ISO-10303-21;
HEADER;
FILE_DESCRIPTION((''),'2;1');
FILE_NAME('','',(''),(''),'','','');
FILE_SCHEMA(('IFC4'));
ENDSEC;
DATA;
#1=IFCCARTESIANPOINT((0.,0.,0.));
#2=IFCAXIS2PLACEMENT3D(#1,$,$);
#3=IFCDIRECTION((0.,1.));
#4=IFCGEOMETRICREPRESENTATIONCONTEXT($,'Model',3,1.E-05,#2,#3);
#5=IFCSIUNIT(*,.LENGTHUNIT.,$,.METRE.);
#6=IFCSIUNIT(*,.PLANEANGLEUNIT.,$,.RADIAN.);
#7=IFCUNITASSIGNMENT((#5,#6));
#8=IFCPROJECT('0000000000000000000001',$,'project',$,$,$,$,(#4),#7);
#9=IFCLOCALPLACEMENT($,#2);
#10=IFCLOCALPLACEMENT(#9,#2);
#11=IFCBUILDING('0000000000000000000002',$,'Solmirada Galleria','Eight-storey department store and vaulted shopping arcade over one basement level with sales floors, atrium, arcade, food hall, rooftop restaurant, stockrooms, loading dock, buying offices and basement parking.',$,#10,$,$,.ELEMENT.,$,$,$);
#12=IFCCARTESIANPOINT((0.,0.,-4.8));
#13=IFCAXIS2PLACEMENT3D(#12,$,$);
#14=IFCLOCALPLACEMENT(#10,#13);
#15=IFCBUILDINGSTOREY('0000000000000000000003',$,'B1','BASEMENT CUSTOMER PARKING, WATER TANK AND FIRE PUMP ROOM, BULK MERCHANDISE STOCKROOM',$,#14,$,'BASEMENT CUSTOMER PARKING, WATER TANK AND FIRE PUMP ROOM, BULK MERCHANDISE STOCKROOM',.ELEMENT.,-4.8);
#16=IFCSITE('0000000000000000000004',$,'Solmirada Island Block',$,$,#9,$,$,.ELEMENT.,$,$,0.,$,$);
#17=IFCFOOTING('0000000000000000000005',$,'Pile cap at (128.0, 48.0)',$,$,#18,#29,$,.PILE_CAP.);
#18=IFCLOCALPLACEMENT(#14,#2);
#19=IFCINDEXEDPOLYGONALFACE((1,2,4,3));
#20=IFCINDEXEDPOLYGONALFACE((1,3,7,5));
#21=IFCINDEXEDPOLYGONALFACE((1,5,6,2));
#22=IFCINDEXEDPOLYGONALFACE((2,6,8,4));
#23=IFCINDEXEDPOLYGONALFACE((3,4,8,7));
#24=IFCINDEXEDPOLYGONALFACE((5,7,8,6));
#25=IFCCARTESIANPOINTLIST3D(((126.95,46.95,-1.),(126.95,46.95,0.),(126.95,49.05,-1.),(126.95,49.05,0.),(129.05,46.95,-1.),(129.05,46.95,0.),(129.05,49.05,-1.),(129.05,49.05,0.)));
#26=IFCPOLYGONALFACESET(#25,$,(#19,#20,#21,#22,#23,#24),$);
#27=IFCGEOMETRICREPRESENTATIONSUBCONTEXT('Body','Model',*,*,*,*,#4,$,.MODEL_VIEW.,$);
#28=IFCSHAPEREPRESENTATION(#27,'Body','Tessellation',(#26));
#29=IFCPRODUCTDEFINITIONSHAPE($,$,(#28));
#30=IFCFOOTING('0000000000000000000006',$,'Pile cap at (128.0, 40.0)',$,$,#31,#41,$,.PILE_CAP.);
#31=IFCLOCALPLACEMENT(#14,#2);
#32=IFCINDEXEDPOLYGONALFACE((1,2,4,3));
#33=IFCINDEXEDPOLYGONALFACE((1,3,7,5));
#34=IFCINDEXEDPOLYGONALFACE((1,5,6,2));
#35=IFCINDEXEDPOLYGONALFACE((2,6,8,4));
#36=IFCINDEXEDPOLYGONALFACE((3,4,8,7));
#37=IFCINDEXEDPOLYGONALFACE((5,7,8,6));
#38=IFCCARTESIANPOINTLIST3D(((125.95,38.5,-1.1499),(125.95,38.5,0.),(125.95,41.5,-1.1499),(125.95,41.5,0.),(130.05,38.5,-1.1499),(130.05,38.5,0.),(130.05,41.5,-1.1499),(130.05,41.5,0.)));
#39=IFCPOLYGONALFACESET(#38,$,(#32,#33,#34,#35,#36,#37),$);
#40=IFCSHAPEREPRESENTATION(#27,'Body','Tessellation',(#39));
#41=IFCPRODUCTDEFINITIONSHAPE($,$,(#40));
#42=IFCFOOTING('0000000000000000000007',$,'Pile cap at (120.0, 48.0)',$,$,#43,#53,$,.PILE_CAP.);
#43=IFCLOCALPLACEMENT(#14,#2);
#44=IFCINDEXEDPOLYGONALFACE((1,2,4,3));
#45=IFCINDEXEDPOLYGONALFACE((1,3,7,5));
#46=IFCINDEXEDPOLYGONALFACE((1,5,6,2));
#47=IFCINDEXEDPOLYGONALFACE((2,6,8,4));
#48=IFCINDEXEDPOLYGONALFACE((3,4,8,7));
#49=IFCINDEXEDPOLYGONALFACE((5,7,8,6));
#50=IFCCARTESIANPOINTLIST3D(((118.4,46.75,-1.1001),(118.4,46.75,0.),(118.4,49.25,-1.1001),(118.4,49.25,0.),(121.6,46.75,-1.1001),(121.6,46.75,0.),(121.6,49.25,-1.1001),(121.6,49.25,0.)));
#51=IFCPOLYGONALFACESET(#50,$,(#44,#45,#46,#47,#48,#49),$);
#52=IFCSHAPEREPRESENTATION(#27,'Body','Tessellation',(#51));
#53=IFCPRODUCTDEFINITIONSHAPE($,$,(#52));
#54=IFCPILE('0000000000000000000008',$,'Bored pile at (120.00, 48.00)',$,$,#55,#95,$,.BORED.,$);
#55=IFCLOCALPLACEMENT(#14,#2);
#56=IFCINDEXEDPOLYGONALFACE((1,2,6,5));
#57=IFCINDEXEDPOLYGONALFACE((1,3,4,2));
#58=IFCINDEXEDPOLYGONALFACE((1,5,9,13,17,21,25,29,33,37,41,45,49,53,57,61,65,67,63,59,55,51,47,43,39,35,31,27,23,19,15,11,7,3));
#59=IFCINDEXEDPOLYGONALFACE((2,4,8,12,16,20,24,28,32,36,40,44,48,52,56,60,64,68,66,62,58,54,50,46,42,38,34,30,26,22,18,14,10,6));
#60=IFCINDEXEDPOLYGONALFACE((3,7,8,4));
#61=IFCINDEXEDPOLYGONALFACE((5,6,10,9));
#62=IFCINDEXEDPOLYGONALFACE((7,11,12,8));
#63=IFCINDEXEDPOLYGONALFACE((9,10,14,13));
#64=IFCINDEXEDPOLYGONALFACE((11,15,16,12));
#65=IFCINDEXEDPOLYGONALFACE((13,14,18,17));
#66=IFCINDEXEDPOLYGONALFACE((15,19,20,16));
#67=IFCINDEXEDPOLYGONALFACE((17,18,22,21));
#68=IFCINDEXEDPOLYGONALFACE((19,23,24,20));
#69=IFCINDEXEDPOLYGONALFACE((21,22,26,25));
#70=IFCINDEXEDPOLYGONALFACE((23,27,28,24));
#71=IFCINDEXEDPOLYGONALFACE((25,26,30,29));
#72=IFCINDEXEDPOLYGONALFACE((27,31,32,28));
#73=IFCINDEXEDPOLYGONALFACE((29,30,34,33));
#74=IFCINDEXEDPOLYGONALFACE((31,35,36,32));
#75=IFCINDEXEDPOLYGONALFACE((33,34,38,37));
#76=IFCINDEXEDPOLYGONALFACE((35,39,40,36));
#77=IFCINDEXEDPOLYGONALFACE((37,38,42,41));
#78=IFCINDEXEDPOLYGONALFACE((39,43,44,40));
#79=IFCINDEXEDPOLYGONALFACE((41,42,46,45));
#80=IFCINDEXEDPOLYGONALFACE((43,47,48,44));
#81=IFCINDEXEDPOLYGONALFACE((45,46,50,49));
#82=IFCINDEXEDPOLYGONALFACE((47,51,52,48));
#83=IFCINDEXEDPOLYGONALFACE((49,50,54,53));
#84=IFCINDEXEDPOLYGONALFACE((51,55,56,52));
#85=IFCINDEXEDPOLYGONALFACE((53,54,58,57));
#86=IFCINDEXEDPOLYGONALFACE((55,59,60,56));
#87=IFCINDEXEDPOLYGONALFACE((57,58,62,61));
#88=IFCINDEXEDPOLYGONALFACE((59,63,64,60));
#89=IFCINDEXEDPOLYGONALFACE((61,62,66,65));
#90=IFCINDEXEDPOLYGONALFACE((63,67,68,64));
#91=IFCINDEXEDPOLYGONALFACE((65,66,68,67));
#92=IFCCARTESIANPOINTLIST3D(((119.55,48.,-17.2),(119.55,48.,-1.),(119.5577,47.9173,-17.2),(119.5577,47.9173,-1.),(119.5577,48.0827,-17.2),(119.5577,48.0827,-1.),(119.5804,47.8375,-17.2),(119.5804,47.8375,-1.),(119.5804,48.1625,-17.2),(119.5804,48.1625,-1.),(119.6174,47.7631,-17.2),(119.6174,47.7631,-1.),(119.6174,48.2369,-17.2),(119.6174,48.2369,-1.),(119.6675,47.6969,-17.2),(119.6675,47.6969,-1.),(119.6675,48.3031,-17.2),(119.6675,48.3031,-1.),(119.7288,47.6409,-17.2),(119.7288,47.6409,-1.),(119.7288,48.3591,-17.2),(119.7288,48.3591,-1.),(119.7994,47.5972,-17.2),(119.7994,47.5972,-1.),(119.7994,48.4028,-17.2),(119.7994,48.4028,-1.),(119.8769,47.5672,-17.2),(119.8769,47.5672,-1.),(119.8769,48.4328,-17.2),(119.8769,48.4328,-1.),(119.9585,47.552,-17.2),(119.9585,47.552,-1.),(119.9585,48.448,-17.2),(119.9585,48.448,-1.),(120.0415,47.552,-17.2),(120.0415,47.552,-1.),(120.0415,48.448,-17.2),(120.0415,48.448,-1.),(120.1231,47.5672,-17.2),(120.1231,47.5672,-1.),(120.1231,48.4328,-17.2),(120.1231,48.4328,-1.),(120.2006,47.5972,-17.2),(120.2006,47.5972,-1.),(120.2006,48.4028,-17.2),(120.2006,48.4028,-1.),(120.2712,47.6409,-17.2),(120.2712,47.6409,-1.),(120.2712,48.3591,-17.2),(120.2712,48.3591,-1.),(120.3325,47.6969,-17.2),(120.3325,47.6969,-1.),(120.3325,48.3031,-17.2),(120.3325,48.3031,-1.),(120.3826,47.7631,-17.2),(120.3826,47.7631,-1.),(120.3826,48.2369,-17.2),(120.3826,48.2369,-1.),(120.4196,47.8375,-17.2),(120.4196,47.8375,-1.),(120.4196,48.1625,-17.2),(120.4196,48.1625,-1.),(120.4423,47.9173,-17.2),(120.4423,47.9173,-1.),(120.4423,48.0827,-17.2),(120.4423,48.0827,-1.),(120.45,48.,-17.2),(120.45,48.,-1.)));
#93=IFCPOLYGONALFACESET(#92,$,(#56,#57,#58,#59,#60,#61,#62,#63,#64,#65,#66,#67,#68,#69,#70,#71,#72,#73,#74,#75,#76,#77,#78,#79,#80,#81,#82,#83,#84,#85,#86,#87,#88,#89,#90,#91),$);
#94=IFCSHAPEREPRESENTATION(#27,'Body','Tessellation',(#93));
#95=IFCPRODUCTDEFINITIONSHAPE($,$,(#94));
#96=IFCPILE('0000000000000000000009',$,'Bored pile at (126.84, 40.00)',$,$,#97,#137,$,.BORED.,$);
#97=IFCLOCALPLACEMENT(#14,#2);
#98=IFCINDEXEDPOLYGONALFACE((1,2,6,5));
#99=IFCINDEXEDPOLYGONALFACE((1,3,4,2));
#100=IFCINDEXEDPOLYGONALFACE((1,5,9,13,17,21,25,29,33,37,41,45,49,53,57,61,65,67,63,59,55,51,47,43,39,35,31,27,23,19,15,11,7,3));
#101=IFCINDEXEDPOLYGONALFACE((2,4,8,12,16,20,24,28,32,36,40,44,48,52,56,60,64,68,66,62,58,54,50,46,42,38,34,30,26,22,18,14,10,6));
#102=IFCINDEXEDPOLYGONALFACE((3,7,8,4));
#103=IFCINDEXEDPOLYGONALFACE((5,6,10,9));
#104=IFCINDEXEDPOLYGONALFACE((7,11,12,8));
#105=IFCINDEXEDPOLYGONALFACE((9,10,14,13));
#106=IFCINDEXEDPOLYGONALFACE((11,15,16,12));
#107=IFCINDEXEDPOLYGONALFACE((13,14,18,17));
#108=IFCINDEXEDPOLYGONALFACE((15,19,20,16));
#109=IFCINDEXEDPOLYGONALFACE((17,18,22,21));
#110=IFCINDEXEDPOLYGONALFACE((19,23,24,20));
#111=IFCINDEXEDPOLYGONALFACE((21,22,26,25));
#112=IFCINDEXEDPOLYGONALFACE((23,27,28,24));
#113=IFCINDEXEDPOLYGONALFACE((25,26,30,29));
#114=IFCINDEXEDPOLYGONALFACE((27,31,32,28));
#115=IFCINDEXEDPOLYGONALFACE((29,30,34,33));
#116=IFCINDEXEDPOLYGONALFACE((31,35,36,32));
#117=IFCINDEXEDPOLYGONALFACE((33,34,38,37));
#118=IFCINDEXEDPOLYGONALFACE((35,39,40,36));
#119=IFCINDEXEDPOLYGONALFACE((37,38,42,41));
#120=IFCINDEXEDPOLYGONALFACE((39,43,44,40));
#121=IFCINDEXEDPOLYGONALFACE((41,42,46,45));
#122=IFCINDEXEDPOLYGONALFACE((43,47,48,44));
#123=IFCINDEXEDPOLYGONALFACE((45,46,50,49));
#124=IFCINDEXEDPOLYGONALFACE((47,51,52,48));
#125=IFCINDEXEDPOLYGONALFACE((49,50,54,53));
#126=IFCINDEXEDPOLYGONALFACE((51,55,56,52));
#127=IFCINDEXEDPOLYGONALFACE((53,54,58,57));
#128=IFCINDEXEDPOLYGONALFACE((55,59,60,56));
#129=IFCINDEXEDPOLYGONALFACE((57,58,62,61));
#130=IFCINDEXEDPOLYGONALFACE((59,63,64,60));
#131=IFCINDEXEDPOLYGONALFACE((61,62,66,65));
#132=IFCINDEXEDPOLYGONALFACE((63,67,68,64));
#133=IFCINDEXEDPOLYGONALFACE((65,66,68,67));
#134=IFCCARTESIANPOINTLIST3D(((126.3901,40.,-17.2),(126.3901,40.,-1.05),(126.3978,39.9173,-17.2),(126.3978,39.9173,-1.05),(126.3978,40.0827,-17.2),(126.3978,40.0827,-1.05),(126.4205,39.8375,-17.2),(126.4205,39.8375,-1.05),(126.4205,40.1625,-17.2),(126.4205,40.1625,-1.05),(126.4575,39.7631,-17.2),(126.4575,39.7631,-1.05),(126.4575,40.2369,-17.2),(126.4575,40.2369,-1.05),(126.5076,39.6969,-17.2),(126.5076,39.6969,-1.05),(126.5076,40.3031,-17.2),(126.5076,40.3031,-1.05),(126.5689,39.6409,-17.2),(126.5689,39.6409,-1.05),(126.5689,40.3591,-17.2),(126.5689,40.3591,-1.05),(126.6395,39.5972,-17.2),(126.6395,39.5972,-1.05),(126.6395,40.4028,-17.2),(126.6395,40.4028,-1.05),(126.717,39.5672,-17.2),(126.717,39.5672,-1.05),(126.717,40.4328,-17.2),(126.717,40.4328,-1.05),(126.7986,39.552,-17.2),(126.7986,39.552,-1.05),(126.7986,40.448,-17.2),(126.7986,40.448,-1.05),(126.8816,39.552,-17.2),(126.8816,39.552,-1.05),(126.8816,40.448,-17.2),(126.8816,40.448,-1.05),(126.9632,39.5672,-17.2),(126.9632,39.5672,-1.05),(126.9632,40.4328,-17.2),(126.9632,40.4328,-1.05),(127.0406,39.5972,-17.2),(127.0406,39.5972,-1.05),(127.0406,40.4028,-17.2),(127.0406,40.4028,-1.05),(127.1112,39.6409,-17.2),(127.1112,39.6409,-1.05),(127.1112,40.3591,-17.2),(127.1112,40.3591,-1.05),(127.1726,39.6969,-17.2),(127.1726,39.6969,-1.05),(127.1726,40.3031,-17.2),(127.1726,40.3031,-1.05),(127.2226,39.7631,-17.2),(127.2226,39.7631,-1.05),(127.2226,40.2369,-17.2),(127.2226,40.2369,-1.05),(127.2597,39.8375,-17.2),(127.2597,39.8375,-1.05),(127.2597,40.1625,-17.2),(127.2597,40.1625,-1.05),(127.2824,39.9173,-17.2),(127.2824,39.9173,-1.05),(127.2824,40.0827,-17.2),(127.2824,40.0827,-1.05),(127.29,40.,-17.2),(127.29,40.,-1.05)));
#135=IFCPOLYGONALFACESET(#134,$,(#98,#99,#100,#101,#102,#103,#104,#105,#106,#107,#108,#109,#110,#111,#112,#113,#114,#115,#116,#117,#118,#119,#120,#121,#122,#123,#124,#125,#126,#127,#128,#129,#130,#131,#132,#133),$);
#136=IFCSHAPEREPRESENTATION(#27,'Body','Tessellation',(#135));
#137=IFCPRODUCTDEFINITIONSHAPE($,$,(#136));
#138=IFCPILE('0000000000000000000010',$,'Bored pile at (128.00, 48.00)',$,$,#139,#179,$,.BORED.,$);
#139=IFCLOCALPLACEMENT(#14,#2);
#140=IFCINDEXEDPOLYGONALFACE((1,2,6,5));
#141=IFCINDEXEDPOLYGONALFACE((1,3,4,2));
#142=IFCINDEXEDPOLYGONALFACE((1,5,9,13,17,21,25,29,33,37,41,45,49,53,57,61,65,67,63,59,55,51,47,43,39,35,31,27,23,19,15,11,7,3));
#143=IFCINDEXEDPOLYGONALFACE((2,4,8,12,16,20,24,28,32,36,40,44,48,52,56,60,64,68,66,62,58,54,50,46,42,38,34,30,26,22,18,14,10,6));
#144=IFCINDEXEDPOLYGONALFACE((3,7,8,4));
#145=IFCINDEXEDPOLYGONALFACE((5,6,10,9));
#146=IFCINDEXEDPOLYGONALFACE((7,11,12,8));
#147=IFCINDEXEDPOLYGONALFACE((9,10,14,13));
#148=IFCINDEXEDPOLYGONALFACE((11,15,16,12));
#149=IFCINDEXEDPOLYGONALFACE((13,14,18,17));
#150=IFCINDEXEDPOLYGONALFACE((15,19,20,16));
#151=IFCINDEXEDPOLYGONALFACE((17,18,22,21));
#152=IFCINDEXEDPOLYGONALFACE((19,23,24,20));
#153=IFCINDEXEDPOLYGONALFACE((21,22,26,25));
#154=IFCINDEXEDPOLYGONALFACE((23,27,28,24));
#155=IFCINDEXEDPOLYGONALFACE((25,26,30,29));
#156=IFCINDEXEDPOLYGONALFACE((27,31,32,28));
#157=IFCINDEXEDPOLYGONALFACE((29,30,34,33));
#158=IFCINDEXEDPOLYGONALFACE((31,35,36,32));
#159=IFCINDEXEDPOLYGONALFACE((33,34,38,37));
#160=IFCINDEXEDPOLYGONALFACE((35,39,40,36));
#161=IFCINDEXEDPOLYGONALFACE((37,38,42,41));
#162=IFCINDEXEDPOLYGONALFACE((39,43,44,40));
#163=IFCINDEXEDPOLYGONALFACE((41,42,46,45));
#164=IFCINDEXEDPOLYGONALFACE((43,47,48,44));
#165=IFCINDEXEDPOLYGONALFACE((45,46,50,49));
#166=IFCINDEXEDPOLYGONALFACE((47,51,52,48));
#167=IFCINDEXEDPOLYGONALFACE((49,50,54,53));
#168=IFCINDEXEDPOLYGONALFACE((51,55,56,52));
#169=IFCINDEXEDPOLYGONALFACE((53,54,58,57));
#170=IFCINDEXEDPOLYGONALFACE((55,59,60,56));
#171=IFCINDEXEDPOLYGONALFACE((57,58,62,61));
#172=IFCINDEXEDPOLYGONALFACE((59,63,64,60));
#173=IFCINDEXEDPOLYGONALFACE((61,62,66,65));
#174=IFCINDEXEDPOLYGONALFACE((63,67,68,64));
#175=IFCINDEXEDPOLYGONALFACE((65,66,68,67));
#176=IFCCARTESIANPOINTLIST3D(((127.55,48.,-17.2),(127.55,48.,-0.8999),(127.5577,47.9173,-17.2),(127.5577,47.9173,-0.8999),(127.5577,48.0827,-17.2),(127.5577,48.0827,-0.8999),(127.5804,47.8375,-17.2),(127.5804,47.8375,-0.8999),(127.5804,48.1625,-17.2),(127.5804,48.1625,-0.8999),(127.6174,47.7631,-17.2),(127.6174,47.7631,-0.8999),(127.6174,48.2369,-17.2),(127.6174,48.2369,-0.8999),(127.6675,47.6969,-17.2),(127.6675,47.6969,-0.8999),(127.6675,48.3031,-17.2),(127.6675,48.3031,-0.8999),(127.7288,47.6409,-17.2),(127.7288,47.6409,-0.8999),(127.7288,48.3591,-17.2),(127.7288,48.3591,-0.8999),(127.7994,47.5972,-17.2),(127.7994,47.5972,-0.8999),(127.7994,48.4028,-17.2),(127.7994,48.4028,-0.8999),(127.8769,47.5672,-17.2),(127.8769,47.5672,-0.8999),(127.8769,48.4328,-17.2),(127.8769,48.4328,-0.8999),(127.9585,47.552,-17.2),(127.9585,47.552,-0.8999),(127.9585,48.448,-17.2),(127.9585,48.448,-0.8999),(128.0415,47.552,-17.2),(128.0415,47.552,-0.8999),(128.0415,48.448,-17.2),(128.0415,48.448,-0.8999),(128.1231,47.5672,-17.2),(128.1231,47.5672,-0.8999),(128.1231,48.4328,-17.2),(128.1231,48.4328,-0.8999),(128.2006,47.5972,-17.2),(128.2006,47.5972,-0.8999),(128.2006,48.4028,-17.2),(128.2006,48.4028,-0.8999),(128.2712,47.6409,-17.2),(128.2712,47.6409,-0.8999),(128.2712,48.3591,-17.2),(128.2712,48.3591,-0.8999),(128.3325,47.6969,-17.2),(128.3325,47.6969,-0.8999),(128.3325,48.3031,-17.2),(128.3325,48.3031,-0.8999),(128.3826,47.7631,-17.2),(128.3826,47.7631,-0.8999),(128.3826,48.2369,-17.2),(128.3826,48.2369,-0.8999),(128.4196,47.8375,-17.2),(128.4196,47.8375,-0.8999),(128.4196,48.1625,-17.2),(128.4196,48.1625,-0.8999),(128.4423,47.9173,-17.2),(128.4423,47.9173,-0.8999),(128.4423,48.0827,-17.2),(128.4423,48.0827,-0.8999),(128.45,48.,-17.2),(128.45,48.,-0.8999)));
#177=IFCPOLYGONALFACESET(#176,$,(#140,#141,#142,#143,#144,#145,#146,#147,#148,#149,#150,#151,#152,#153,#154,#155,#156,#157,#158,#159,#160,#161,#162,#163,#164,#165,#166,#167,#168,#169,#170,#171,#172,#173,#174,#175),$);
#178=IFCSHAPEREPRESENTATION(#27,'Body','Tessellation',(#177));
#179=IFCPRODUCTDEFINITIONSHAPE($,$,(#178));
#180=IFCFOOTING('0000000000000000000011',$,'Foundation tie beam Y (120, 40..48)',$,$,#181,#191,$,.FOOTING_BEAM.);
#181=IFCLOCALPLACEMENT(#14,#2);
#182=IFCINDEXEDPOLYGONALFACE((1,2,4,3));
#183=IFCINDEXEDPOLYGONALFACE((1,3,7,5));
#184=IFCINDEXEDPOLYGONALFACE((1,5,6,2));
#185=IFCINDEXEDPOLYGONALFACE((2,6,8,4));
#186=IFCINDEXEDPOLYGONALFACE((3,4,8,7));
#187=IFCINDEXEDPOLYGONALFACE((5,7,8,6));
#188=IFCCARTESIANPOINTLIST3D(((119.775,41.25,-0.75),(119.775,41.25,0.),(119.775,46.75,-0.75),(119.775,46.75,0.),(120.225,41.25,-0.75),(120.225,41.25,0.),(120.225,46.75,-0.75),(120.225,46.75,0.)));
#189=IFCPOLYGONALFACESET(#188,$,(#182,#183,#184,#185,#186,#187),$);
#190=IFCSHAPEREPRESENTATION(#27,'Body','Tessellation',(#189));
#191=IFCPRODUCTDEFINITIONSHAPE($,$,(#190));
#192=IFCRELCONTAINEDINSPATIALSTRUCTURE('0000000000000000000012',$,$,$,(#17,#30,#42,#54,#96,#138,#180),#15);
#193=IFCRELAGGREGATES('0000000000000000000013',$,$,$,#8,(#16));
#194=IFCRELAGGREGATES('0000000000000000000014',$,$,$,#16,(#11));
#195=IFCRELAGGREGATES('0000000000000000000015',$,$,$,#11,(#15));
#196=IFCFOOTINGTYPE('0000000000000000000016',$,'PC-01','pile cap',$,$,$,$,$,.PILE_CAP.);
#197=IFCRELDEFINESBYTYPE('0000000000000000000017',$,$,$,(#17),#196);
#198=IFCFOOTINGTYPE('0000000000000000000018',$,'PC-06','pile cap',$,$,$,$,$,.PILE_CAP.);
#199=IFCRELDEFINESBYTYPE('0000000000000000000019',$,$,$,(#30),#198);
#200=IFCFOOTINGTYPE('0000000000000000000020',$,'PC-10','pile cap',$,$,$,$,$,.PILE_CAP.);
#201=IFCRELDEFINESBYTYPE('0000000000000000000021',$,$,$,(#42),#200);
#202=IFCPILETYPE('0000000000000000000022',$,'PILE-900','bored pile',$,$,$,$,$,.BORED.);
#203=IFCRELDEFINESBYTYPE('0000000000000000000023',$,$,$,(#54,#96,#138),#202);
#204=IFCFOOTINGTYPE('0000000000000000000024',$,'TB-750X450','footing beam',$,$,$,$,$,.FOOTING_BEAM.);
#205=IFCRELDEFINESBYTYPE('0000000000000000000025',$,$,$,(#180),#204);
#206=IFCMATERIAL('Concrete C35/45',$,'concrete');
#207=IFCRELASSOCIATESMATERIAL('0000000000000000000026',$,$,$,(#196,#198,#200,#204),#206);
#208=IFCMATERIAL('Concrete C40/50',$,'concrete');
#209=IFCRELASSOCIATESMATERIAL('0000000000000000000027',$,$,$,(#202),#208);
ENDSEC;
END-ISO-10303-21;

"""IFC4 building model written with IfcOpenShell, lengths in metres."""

from ifc_helpers import new_model, si_unit, direction, frame, origin, origin_2d, place, context, subcontext, project, spatial, rectangle, circle, extrude, material, material_profile, profile_set, type_object, element, save


model = new_model("IFC4")

# Units and contexts
model_context = context("Model", 3, precision=1e-05, world=origin(), true_north=direction((0.0, 1.0)))
body_context = subcontext(model_context, "Body", "Model", "MODEL_VIEW")
ifc_project = project(units=[si_unit("LENGTHUNIT", "METRE"), si_unit("PLANEANGLEUNIT", "RADIAN")], contexts=[model_context])

# Site, building, storey
site_placement = place(None, origin())
site = spatial("IfcSite", under=ifc_project, at=site_placement, Name="Solmirada Island Block", CompositionType="ELEMENT", RefElevation=0.0)
building_placement = place(site_placement, origin())
building = spatial("IfcBuilding", under=site, at=building_placement, Name="Solmirada Galleria", Description="Eight-storey department store and vaulted shopping arcade over one basement level with sales floors, atrium, arcade, food hall, rooftop restaurant, stockrooms, loading dock, buying offices and basement parking.", CompositionType="ELEMENT")
storey_placement = place(building_placement, frame((0.0, 0.0, -4.8)))
storey = spatial("IfcBuildingStorey", under=building, at=storey_placement, Name="B1", Description="BASEMENT CUSTOMER PARKING, WATER TANK AND FIRE PUMP ROOM, BULK MERCHANDISE STOCKROOM", LongName="BASEMENT CUSTOMER PARKING, WATER TANK AND FIRE PUMP ROOM, BULK MERCHANDISE STOCKROOM", CompositionType="ELEMENT", Elevation=-4.8)

# Footings
ifc_material_1 = material(Name="Concrete C35/45", Category="concrete")
footing_type_1 = type_object("IfcFootingType", Name="PC-01", Description="pile cap", PredefinedType="PILE_CAP", material=ifc_material_1)
footing_1_placement = place(storey_placement, frame((128.0, 48.0, -1.0), z_axis=(0.0, 0.0, 1.0), x_axis=(1.0, 0.0, 0.0)))
element("IfcFooting", 1, at=footing_1_placement, inside=storey, type_object=footing_type_1, Name="Pile cap at (128.0, 48.0)", PredefinedType="PILE_CAP", context=body_context, shape_type="SweptSolid", body=[
    extrude(rectangle(XDim=2.1001, YDim=2.1001, at=origin_2d()), origin(), (0.0, 0.0, 1.0), 1.0),
])
footing_type_2 = type_object("IfcFootingType", Name="PC-06", Description="pile cap", PredefinedType="PILE_CAP", material=ifc_material_1)
footing_2_placement = place(storey_placement, frame((128.0, 40.0, -1.1499), z_axis=(0.0, 0.0, 1.0), x_axis=(1.0, 0.0, 0.0)))
element("IfcFooting", 2, at=footing_2_placement, inside=storey, type_object=footing_type_2, Name="Pile cap at (128.0, 40.0)", PredefinedType="PILE_CAP", context=body_context, shape_type="SweptSolid", body=[
    extrude(rectangle(XDim=4.1001, YDim=3.0, at=origin_2d()), origin(), (0.0, 0.0, 1.0), 1.1499),
])
footing_type_3 = type_object("IfcFootingType", Name="PC-10", Description="pile cap", PredefinedType="PILE_CAP", material=ifc_material_1)
footing_3_placement = place(storey_placement, frame((120.0, 48.0, -1.1001), z_axis=(0.0, 0.0, 1.0), x_axis=(1.0, 0.0, 0.0)))
element("IfcFooting", 3, at=footing_3_placement, inside=storey, type_object=footing_type_3, Name="Pile cap at (120.0, 48.0)", PredefinedType="PILE_CAP", context=body_context, shape_type="SweptSolid", body=[
    extrude(rectangle(XDim=3.2, YDim=2.5, at=origin_2d()), origin(), (0.0, 0.0, 1.0), 1.1001),
])

# Piles
ifc_material_2 = material(Name="Concrete C40/50", Category="concrete")
ifc_material_profile_1 = material_profile(ifc_material_2, circle(Radius=0.45, at=origin_2d()), Name="PILE900")
ifc_profile_set_1 = profile_set([ifc_material_profile_1], Name="Concrete C40/50")
pile_type = type_object("IfcPileType", Name="PILE-900", Description="bored pile", PredefinedType="BORED", material=ifc_profile_set_1)
pile_1_placement = place(storey_placement, frame((120.0, 48.0, -1.0), z_axis=(0.0, 0.0, -1.0), x_axis=(1.0, 0.0, 0.0)))
element("IfcPile", 4, at=pile_1_placement, inside=storey, type_object=pile_type, Name="Bored pile at (120.00, 48.00)", PredefinedType="BORED", context=body_context, shape_type="SweptSolid", body=[
    extrude(circle(Radius=0.45, at=origin_2d()), origin(), (0.0, 0.0, 1.0), 16.2),
])
pile_2_placement = place(storey_placement, frame((126.8401, 40.0, -1.05), z_axis=(0.0, 0.0, -1.0), x_axis=(1.0, 0.0, 0.0)))
element("IfcPile", 5, at=pile_2_placement, inside=storey, type_object=pile_type, Name="Bored pile at (126.84, 40.00)", PredefinedType="BORED", context=body_context, shape_type="SweptSolid", body=[
    extrude(circle(Radius=0.45, at=origin_2d()), origin(), (0.0, 0.0, 1.0), 16.1499),
])
pile_3_placement = place(storey_placement, frame((128.0, 48.0, -0.8999), z_axis=(0.0, 0.0, -1.0), x_axis=(1.0, 0.0, 0.0)))
element("IfcPile", 6, at=pile_3_placement, inside=storey, type_object=pile_type, Name="Bored pile at (128.00, 48.00)", PredefinedType="BORED", context=body_context, shape_type="SweptSolid", body=[
    extrude(circle(Radius=0.45, at=origin_2d()), origin(), (0.0, 0.0, 1.0), 16.3),
])

# Footing
ifc_material_profile_2 = material_profile(ifc_material_1, rectangle(XDim=0.45, YDim=0.75, at=origin_2d()), Name="RC750X450")
ifc_profile_set_2 = profile_set([ifc_material_profile_2], Name="Concrete C35/45")
footing_type_4 = type_object("IfcFootingType", Name="TB-750X450", Description="footing beam", PredefinedType="FOOTING_BEAM", material=ifc_profile_set_2)
footing_4_placement = place(storey_placement, frame((120.0, 41.25, -0.375), z_axis=(0.0, 1.0, 0.0), x_axis=(-1.0, 0.0, 0.0)))
element("IfcFooting", 7, at=footing_4_placement, inside=storey, type_object=footing_type_4, Name="Foundation tie beam Y (120, 40..48)", PredefinedType="FOOTING_BEAM", context=body_context, shape_type="SweptSolid", body=[
    extrude(rectangle(XDim=0.45, YDim=0.75, at=origin_2d()), origin(), (0.0, 0.0, 1.0), 5.5),
])

save(model, "model.ifc")
